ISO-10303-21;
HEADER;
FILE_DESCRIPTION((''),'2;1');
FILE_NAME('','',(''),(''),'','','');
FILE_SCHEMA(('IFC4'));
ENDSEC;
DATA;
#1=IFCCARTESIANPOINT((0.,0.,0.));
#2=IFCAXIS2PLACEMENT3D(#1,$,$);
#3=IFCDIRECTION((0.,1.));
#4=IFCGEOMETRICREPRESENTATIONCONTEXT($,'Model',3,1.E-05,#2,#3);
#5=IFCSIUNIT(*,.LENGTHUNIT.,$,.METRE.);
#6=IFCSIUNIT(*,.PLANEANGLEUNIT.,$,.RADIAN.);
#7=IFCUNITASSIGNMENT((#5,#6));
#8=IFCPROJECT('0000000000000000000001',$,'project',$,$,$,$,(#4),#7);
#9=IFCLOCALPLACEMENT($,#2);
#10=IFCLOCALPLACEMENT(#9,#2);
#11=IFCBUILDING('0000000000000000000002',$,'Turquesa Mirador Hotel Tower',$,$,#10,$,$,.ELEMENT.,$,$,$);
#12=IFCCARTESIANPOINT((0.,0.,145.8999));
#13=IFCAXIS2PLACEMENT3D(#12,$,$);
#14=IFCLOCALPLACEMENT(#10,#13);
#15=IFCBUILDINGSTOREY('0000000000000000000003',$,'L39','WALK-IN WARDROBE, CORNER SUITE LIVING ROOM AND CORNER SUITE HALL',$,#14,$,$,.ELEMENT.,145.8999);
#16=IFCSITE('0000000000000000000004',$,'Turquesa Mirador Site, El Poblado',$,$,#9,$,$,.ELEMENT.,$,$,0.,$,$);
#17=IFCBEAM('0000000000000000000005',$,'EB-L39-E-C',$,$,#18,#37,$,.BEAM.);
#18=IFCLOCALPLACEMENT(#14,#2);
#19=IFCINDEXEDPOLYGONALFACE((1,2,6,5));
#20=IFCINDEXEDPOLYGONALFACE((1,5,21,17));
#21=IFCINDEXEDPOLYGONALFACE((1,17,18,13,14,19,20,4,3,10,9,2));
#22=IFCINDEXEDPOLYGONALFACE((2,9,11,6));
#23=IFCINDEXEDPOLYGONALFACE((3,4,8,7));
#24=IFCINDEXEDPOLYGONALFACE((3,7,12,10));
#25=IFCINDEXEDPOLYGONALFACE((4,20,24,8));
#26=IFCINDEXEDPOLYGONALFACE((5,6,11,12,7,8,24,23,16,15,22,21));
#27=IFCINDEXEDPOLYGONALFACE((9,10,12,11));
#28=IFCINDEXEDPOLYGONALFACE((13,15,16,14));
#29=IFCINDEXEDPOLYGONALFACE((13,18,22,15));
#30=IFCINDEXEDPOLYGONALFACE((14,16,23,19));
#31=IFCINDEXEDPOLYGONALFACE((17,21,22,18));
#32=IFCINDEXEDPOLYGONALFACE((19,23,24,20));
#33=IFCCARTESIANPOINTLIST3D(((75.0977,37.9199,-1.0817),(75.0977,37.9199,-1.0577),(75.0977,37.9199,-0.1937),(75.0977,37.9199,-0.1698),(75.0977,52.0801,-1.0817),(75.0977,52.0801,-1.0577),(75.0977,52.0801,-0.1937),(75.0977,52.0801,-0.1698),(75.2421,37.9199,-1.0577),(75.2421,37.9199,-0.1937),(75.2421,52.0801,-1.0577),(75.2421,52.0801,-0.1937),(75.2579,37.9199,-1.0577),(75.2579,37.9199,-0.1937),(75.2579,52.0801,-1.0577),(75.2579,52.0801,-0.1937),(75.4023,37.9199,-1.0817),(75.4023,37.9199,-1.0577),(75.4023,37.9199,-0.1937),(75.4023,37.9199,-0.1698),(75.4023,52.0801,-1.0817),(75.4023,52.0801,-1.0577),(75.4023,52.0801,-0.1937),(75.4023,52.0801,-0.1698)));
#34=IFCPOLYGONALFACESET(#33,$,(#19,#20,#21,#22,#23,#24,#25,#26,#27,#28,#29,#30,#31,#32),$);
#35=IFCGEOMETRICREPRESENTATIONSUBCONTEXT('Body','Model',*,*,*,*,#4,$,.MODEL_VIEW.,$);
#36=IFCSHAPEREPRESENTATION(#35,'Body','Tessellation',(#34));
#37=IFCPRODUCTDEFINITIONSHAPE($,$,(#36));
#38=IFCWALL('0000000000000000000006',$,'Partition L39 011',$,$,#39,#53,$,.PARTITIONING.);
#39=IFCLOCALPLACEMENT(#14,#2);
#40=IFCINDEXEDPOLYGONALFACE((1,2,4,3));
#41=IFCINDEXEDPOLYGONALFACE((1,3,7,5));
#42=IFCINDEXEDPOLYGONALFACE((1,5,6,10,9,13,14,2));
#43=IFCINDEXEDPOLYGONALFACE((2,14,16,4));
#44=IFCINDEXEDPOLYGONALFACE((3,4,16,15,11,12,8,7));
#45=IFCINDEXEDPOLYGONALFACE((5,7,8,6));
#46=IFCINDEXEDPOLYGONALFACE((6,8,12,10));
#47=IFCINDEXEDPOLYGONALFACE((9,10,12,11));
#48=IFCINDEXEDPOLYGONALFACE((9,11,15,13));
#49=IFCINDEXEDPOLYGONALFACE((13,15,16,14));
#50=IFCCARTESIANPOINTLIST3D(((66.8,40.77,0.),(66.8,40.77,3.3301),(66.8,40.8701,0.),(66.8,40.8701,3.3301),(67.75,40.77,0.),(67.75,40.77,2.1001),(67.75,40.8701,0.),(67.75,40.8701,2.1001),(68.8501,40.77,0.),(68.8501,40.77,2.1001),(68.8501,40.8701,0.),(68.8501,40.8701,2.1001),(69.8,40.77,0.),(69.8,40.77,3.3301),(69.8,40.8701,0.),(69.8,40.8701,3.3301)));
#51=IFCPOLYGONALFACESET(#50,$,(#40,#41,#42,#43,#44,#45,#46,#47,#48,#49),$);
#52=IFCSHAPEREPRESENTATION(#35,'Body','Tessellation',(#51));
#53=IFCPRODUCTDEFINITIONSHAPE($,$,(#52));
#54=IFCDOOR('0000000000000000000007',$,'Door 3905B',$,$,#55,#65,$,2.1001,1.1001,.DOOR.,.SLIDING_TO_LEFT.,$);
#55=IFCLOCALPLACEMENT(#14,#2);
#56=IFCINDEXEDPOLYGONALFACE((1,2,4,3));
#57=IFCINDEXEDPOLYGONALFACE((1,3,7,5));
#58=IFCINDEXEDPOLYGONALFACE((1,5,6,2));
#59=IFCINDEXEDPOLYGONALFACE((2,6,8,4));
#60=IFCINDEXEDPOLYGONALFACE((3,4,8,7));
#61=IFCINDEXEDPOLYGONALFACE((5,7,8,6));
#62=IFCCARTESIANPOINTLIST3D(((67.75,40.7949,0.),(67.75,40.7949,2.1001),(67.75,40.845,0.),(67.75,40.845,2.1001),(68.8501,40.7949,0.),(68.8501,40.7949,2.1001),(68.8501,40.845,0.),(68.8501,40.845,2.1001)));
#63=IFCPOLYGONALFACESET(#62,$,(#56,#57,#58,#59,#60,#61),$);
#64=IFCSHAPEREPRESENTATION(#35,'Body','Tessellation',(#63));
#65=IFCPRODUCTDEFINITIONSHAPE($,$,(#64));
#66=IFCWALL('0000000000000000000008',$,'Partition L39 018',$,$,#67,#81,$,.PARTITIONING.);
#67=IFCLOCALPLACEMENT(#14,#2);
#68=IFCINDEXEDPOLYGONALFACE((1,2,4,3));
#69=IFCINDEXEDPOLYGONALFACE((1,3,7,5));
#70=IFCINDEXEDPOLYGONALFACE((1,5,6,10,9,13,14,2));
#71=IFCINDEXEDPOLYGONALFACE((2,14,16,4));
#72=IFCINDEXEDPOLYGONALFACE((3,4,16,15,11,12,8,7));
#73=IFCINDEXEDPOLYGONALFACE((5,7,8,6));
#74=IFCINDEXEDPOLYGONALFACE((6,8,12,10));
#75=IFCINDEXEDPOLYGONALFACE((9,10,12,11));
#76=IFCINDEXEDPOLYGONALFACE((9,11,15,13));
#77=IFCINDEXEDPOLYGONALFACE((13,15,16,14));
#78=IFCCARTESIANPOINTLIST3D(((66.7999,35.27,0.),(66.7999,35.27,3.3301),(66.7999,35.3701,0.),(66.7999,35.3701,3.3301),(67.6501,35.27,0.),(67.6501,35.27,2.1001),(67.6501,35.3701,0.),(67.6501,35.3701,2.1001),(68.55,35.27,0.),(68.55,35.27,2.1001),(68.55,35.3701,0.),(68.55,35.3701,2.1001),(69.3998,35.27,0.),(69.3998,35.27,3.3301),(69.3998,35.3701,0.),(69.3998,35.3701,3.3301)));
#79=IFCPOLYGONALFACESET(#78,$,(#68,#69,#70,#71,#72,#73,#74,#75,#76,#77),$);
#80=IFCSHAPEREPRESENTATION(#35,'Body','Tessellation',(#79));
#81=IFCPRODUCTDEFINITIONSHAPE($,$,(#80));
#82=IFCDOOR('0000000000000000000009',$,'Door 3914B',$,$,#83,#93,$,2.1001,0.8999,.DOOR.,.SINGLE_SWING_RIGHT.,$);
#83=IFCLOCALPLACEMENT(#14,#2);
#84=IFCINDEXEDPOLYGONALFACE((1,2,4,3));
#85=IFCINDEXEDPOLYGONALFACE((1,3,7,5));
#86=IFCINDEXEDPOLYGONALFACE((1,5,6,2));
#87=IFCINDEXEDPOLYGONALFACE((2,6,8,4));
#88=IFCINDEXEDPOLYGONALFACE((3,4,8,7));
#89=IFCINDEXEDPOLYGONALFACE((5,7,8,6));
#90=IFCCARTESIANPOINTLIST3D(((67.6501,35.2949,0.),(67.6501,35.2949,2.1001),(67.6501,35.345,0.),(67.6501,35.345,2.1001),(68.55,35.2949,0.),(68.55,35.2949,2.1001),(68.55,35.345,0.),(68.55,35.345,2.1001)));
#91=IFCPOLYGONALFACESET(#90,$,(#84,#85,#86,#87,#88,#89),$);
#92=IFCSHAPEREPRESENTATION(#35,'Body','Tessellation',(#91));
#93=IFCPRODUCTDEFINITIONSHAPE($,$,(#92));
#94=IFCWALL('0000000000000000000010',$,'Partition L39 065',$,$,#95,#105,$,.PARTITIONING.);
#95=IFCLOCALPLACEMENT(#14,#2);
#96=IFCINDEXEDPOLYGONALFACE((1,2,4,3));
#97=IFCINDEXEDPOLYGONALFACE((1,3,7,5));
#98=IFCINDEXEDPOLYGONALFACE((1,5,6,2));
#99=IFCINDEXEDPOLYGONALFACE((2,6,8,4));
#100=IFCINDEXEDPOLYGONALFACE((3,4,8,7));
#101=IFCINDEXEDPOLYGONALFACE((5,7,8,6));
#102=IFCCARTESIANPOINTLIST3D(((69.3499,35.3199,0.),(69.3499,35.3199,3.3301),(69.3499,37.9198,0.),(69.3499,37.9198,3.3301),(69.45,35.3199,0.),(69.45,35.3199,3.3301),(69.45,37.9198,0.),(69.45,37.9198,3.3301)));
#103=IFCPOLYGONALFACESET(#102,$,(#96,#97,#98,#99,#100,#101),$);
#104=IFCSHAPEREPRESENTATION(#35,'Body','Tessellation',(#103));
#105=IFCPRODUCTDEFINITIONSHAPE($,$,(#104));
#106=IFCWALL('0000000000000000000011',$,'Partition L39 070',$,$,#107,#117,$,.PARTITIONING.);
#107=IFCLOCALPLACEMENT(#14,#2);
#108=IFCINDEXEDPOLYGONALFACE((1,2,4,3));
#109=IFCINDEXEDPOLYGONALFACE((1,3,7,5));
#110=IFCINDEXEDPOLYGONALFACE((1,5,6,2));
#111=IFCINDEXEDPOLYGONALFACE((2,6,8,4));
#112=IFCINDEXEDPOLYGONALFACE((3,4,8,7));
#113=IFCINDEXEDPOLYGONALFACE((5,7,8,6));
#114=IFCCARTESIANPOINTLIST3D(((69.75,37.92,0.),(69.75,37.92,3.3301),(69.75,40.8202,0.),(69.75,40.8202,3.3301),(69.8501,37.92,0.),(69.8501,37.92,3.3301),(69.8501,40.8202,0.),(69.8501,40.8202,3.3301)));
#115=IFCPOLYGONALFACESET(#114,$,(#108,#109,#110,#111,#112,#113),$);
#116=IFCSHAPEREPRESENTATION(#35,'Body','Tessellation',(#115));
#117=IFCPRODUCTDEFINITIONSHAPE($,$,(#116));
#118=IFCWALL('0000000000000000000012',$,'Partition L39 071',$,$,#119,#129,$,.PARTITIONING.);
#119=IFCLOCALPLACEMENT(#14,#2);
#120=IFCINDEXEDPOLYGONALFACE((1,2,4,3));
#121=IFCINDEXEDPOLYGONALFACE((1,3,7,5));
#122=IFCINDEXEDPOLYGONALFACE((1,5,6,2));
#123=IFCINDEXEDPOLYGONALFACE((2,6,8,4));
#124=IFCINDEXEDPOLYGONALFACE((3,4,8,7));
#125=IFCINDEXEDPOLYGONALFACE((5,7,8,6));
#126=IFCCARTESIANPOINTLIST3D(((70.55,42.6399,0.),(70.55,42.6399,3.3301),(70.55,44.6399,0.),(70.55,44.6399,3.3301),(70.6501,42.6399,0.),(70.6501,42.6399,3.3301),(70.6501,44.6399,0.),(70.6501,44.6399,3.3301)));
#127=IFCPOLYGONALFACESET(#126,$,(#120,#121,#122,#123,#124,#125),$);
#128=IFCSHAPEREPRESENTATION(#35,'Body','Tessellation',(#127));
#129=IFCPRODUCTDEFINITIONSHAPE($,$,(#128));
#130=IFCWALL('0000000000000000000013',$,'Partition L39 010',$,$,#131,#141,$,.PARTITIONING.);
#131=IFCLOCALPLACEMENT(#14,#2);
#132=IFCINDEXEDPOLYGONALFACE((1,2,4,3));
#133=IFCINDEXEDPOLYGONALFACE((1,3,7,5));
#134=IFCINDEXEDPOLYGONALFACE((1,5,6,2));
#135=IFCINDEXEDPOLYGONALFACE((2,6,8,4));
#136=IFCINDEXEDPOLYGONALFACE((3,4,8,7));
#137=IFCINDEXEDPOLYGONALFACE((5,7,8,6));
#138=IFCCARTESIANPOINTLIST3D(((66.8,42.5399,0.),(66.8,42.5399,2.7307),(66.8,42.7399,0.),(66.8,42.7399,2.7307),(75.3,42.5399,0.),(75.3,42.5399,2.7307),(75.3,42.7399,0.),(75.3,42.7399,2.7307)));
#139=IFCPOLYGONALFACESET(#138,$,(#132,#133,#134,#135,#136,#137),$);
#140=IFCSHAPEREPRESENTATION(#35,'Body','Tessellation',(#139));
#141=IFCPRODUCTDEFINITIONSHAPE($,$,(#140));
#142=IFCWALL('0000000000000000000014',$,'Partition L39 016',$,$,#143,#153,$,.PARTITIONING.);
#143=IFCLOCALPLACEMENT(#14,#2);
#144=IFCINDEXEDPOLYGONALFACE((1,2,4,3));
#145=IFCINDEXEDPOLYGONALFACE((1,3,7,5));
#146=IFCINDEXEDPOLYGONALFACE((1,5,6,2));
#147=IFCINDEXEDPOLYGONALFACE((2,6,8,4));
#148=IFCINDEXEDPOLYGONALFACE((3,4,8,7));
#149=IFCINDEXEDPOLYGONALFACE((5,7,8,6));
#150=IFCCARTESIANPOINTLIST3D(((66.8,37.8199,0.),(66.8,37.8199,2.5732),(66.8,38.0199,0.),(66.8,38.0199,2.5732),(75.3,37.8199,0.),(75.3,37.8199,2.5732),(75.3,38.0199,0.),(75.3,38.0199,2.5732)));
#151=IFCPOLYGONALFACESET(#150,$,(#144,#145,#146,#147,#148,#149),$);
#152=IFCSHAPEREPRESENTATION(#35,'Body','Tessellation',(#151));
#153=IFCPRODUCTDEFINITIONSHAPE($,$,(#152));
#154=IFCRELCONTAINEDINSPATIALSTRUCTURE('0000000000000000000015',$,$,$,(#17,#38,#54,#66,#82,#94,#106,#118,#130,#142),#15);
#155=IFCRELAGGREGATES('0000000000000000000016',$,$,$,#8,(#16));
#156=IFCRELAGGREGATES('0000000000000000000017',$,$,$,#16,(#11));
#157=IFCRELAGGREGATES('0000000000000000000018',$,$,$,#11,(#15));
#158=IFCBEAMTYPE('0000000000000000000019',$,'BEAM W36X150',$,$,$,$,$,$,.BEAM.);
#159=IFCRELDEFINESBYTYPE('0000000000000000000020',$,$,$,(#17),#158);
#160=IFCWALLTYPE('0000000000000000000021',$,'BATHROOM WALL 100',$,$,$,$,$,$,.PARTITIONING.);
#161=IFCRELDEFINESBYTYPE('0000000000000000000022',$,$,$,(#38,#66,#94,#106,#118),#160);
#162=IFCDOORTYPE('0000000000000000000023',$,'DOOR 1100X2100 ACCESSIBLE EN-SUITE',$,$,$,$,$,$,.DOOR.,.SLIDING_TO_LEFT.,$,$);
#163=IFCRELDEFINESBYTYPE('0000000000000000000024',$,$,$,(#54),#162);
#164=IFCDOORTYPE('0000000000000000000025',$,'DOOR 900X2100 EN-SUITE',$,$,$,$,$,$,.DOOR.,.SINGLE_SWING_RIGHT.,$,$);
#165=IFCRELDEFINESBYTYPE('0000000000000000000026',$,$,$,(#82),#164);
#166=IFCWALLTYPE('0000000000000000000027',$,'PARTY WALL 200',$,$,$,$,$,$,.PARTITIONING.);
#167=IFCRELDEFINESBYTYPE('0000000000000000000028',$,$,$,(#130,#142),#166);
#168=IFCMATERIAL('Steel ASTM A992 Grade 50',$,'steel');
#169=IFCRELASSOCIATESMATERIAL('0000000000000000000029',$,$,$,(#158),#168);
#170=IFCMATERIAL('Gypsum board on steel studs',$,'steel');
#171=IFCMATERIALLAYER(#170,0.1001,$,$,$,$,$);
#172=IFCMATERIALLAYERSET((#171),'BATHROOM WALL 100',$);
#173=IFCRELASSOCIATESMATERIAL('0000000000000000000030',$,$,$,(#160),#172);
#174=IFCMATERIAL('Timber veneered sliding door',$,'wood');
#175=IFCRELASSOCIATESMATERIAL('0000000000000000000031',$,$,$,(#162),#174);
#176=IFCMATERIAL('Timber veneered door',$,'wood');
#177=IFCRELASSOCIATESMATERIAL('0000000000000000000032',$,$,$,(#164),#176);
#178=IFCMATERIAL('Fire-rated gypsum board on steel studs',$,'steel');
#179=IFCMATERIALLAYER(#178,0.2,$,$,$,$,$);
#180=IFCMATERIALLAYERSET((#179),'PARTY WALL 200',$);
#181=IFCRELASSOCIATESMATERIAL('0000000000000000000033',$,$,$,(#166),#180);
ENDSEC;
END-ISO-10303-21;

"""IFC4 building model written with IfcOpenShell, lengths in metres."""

from ifc_helpers import new_model, si_unit, direction, frame, frame_2d, origin, origin_2d, place, context, subcontext, project, spatial, rectangle, i_section, extrude, material, layer, layer_set, material_profile, profile_set, type_object, element, fill, save


model = new_model("IFC4")

# Units and contexts
model_context = context("Model", 3, precision=1e-05, world=origin(), true_north=direction((0.0, 1.0)))
body_context = subcontext(model_context, "Body", "Model", "MODEL_VIEW")
ifc_project = project(units=[si_unit("LENGTHUNIT", "METRE"), si_unit("PLANEANGLEUNIT", "RADIAN")], contexts=[model_context])

# Site, building, storey
site_placement = place(None, origin())
site = spatial("IfcSite", under=ifc_project, at=site_placement, Name="Turquesa Mirador Site, El Poblado", CompositionType="ELEMENT", RefElevation=0.0)
building_placement = place(site_placement, origin())
building = spatial("IfcBuilding", under=site, at=building_placement, Name="Turquesa Mirador Hotel Tower", CompositionType="ELEMENT")
storey_placement = place(building_placement, frame((0.0, 0.0, 145.8999)))
storey = spatial("IfcBuildingStorey", under=building, at=storey_placement, Name="L39", Description="WALK-IN WARDROBE, CORNER SUITE LIVING ROOM AND CORNER SUITE HALL", CompositionType="ELEMENT", Elevation=145.8999)

# Beam
ifc_material_1 = material(Name="Steel ASTM A992 Grade 50", Category="steel")
ifc_material_profile_1 = material_profile(ifc_material_1, i_section(OverallWidth=0.3047, OverallDepth=0.9119, WebThickness=0.0159, FlangeThickness=0.0239, at=origin_2d()), Name="W36X150")
ifc_profile_set_1 = profile_set([ifc_material_profile_1], Name="Steel ASTM A992 Grade 50")
beam_type_1 = type_object("IfcBeamType", Name="BEAM W36X150", PredefinedType="BEAM", material=ifc_profile_set_1)
beam_1_placement = place(storey_placement, frame((75.25, 37.9199, -0.6257), z_axis=(0.0, 1.0, 0.0), x_axis=(-1.0, 0.0, 0.0)))
element("IfcBeam", 1, at=beam_1_placement, inside=storey, type_object=beam_type_1, Name="EB-L39-E-C", PredefinedType="BEAM", context=body_context, shape_type="SweptSolid", body=[
    extrude(i_section(OverallWidth=0.3047, OverallDepth=0.9119, WebThickness=0.0159, FlangeThickness=0.0239, at=origin_2d()), origin(), (0.0, 0.0, 1.0), 14.1602),
])

# Walls, openings, doors
ifc_material_2 = material(Name="Gypsum board on steel studs", Category="steel")
ifc_layer_1 = layer(ifc_material_2, 0.1001)
ifc_layer_set_1 = layer_set([ifc_layer_1], Name="BATHROOM WALL 100")
wall_type_1 = type_object("IfcWallType", Name="BATHROOM WALL 100", PredefinedType="PARTITIONING", material=ifc_layer_set_1)
wall_1_placement = place(storey_placement, frame((66.8, 40.8201, 0.0), z_axis=(0.0, 0.0, 1.0), x_axis=(1.0, 0.0, 0.0)))
wall_1 = element("IfcWall", 2, at=wall_1_placement, inside=storey, type_object=wall_type_1, Name="Partition L39 011", PredefinedType="PARTITIONING", context=body_context, shape_type="SweptSolid", body=[
    extrude(rectangle(XDim=3.0, YDim=0.1001, at=frame_2d((1.5, 0.0))), origin(), (0.0, 0.0, 1.0), 3.3301),
])
opening_1_placement = place(wall_1_placement, frame((0.95, 0.0, 0.0)))
opening_1 = element("IfcOpeningElement", 3, at=opening_1_placement, cuts=wall_1, PredefinedType="OPENING", context=body_context, shape_type="SweptSolid", body=[
    extrude(rectangle(XDim=1.1001, YDim=2.1001, at=frame_2d((0.55, 1.05))), frame((0.0, 0.0601, 0.0), z_axis=(0.0, -1.0, 0.0), x_axis=(1.0, 0.0, 0.0)), (0.0, 0.0, 1.0), 0.1201),
])
ifc_material_3 = material(Name="Timber veneered sliding door", Category="wood")
door_type_1 = type_object("IfcDoorType", Name="DOOR 1100X2100 ACCESSIBLE EN-SUITE", OperationType="SLIDING_TO_LEFT", PredefinedType="DOOR", material=ifc_material_3)
door_1_placement = place(opening_1_placement, origin())
door_1 = element("IfcDoor", 4, at=door_1_placement, inside=storey, type_object=door_type_1, Name="Door 3905B", OperationType="SLIDING_TO_LEFT", OverallHeight=2.1001, OverallWidth=1.1001, PredefinedType="DOOR", context=body_context, shape_type="SweptSolid", body=[
    extrude(rectangle(XDim=1.1001, YDim=2.1001, at=frame_2d((0.55, 1.05))), frame((0.0, 0.0249, 0.0), z_axis=(0.0, -1.0, 0.0), x_axis=(1.0, 0.0, 0.0)), (0.0, 0.0, 1.0), 0.05),
])
fill(opening_1, door_1)
wall_2_placement = place(storey_placement, frame((66.8, 35.3201, 0.0), z_axis=(0.0, 0.0, 1.0), x_axis=(1.0, 0.0, 0.0)))
wall_2 = element("IfcWall", 5, at=wall_2_placement, inside=storey, type_object=wall_type_1, Name="Partition L39 018", PredefinedType="PARTITIONING", context=body_context, shape_type="SweptSolid", body=[
    extrude(rectangle(XDim=2.5999, YDim=0.1001, at=frame_2d((1.2998, 0.0))), origin(), (0.0, 0.0, 1.0), 3.3301),
])
opening_2_placement = place(wall_2_placement, frame((0.8501, 0.0, 0.0)))
opening_2 = element("IfcOpeningElement", 6, at=opening_2_placement, cuts=wall_2, PredefinedType="OPENING", context=body_context, shape_type="SweptSolid", body=[
    extrude(rectangle(XDim=0.8999, YDim=2.1001, at=frame_2d((0.45, 1.05))), frame((0.0, 0.0601, 0.0), z_axis=(0.0, -1.0, 0.0), x_axis=(1.0, 0.0, 0.0)), (0.0, 0.0, 1.0), 0.1201),
])
ifc_material_4 = material(Name="Timber veneered door", Category="wood")
door_type_2 = type_object("IfcDoorType", Name="DOOR 900X2100 EN-SUITE", OperationType="SINGLE_SWING_RIGHT", PredefinedType="DOOR", material=ifc_material_4)
door_2_placement = place(opening_2_placement, origin())
door_2 = element("IfcDoor", 7, at=door_2_placement, inside=storey, type_object=door_type_2, Name="Door 3914B", OperationType="SINGLE_SWING_RIGHT", OverallHeight=2.1001, OverallWidth=0.8999, PredefinedType="DOOR", context=body_context, shape_type="SweptSolid", body=[
    extrude(rectangle(XDim=0.8999, YDim=2.1001, at=frame_2d((0.45, 1.05))), frame((0.0, 0.0249, 0.0), z_axis=(0.0, -1.0, 0.0), x_axis=(1.0, 0.0, 0.0)), (0.0, 0.0, 1.0), 0.05),
])
fill(opening_2, door_2)

# Walls
wall_3_placement = place(storey_placement, frame((69.3999, 35.3201, 0.0), z_axis=(0.0, 0.0, 1.0), x_axis=(0.0, 1.0, 0.0)))
element("IfcWall", 8, at=wall_3_placement, inside=storey, type_object=wall_type_1, Name="Partition L39 065", PredefinedType="PARTITIONING", context=body_context, shape_type="SweptSolid", body=[
    extrude(rectangle(XDim=2.5999, YDim=0.1001, at=frame_2d((1.2998, 0.0))), origin(), (0.0, 0.0, 1.0), 3.3301),
])
wall_4_placement = place(storey_placement, frame((69.8, 37.9199, 0.0), z_axis=(0.0, 0.0, 1.0), x_axis=(0.0, 1.0, 0.0)))
element("IfcWall", 9, at=wall_4_placement, inside=storey, type_object=wall_type_1, Name="Partition L39 070", PredefinedType="PARTITIONING", context=body_context, shape_type="SweptSolid", body=[
    extrude(rectangle(XDim=2.9001, YDim=0.1001, at=frame_2d((1.4502, 0.0))), origin(), (0.0, 0.0, 1.0), 3.3301),
])
wall_5_placement = place(storey_placement, frame((70.6001, 42.6399, 0.0), z_axis=(0.0, 0.0, 1.0), x_axis=(0.0, 1.0, 0.0)))
element("IfcWall", 10, at=wall_5_placement, inside=storey, type_object=wall_type_1, Name="Partition L39 071", PredefinedType="PARTITIONING", context=body_context, shape_type="SweptSolid", body=[
    extrude(rectangle(XDim=2.0, YDim=0.1001, at=frame_2d((1.0, 0.0))), origin(), (0.0, 0.0, 1.0), 3.3301),
])
ifc_material_5 = material(Name="Fire-rated gypsum board on steel studs", Category="steel")
ifc_layer_2 = layer(ifc_material_5, 0.2)
ifc_layer_set_2 = layer_set([ifc_layer_2], Name="PARTY WALL 200")
wall_type_2 = type_object("IfcWallType", Name="PARTY WALL 200", PredefinedType="PARTITIONING", material=ifc_layer_set_2)
wall_6_placement = place(storey_placement, frame((66.8, 42.6399, 0.0), z_axis=(0.0, 0.0, 1.0), x_axis=(1.0, 0.0, 0.0)))
element("IfcWall", 11, at=wall_6_placement, inside=storey, type_object=wall_type_2, Name="Partition L39 010", PredefinedType="PARTITIONING", context=body_context, shape_type="SweptSolid", body=[
    extrude(rectangle(XDim=8.5, YDim=0.2, at=frame_2d((4.25, 0.0))), origin(), (0.0, 0.0, 1.0), 2.7307),
])
wall_7_placement = place(storey_placement, frame((66.8, 37.9199, 0.0), z_axis=(0.0, 0.0, 1.0), x_axis=(1.0, 0.0, 0.0)))
element("IfcWall", 12, at=wall_7_placement, inside=storey, type_object=wall_type_2, Name="Partition L39 016", PredefinedType="PARTITIONING", context=body_context, shape_type="SweptSolid", body=[
    extrude(rectangle(XDim=8.5, YDim=0.2, at=frame_2d((4.25, 0.0))), origin(), (0.0, 0.0, 1.0), 2.5732),
])

save(model, "model.ifc")
